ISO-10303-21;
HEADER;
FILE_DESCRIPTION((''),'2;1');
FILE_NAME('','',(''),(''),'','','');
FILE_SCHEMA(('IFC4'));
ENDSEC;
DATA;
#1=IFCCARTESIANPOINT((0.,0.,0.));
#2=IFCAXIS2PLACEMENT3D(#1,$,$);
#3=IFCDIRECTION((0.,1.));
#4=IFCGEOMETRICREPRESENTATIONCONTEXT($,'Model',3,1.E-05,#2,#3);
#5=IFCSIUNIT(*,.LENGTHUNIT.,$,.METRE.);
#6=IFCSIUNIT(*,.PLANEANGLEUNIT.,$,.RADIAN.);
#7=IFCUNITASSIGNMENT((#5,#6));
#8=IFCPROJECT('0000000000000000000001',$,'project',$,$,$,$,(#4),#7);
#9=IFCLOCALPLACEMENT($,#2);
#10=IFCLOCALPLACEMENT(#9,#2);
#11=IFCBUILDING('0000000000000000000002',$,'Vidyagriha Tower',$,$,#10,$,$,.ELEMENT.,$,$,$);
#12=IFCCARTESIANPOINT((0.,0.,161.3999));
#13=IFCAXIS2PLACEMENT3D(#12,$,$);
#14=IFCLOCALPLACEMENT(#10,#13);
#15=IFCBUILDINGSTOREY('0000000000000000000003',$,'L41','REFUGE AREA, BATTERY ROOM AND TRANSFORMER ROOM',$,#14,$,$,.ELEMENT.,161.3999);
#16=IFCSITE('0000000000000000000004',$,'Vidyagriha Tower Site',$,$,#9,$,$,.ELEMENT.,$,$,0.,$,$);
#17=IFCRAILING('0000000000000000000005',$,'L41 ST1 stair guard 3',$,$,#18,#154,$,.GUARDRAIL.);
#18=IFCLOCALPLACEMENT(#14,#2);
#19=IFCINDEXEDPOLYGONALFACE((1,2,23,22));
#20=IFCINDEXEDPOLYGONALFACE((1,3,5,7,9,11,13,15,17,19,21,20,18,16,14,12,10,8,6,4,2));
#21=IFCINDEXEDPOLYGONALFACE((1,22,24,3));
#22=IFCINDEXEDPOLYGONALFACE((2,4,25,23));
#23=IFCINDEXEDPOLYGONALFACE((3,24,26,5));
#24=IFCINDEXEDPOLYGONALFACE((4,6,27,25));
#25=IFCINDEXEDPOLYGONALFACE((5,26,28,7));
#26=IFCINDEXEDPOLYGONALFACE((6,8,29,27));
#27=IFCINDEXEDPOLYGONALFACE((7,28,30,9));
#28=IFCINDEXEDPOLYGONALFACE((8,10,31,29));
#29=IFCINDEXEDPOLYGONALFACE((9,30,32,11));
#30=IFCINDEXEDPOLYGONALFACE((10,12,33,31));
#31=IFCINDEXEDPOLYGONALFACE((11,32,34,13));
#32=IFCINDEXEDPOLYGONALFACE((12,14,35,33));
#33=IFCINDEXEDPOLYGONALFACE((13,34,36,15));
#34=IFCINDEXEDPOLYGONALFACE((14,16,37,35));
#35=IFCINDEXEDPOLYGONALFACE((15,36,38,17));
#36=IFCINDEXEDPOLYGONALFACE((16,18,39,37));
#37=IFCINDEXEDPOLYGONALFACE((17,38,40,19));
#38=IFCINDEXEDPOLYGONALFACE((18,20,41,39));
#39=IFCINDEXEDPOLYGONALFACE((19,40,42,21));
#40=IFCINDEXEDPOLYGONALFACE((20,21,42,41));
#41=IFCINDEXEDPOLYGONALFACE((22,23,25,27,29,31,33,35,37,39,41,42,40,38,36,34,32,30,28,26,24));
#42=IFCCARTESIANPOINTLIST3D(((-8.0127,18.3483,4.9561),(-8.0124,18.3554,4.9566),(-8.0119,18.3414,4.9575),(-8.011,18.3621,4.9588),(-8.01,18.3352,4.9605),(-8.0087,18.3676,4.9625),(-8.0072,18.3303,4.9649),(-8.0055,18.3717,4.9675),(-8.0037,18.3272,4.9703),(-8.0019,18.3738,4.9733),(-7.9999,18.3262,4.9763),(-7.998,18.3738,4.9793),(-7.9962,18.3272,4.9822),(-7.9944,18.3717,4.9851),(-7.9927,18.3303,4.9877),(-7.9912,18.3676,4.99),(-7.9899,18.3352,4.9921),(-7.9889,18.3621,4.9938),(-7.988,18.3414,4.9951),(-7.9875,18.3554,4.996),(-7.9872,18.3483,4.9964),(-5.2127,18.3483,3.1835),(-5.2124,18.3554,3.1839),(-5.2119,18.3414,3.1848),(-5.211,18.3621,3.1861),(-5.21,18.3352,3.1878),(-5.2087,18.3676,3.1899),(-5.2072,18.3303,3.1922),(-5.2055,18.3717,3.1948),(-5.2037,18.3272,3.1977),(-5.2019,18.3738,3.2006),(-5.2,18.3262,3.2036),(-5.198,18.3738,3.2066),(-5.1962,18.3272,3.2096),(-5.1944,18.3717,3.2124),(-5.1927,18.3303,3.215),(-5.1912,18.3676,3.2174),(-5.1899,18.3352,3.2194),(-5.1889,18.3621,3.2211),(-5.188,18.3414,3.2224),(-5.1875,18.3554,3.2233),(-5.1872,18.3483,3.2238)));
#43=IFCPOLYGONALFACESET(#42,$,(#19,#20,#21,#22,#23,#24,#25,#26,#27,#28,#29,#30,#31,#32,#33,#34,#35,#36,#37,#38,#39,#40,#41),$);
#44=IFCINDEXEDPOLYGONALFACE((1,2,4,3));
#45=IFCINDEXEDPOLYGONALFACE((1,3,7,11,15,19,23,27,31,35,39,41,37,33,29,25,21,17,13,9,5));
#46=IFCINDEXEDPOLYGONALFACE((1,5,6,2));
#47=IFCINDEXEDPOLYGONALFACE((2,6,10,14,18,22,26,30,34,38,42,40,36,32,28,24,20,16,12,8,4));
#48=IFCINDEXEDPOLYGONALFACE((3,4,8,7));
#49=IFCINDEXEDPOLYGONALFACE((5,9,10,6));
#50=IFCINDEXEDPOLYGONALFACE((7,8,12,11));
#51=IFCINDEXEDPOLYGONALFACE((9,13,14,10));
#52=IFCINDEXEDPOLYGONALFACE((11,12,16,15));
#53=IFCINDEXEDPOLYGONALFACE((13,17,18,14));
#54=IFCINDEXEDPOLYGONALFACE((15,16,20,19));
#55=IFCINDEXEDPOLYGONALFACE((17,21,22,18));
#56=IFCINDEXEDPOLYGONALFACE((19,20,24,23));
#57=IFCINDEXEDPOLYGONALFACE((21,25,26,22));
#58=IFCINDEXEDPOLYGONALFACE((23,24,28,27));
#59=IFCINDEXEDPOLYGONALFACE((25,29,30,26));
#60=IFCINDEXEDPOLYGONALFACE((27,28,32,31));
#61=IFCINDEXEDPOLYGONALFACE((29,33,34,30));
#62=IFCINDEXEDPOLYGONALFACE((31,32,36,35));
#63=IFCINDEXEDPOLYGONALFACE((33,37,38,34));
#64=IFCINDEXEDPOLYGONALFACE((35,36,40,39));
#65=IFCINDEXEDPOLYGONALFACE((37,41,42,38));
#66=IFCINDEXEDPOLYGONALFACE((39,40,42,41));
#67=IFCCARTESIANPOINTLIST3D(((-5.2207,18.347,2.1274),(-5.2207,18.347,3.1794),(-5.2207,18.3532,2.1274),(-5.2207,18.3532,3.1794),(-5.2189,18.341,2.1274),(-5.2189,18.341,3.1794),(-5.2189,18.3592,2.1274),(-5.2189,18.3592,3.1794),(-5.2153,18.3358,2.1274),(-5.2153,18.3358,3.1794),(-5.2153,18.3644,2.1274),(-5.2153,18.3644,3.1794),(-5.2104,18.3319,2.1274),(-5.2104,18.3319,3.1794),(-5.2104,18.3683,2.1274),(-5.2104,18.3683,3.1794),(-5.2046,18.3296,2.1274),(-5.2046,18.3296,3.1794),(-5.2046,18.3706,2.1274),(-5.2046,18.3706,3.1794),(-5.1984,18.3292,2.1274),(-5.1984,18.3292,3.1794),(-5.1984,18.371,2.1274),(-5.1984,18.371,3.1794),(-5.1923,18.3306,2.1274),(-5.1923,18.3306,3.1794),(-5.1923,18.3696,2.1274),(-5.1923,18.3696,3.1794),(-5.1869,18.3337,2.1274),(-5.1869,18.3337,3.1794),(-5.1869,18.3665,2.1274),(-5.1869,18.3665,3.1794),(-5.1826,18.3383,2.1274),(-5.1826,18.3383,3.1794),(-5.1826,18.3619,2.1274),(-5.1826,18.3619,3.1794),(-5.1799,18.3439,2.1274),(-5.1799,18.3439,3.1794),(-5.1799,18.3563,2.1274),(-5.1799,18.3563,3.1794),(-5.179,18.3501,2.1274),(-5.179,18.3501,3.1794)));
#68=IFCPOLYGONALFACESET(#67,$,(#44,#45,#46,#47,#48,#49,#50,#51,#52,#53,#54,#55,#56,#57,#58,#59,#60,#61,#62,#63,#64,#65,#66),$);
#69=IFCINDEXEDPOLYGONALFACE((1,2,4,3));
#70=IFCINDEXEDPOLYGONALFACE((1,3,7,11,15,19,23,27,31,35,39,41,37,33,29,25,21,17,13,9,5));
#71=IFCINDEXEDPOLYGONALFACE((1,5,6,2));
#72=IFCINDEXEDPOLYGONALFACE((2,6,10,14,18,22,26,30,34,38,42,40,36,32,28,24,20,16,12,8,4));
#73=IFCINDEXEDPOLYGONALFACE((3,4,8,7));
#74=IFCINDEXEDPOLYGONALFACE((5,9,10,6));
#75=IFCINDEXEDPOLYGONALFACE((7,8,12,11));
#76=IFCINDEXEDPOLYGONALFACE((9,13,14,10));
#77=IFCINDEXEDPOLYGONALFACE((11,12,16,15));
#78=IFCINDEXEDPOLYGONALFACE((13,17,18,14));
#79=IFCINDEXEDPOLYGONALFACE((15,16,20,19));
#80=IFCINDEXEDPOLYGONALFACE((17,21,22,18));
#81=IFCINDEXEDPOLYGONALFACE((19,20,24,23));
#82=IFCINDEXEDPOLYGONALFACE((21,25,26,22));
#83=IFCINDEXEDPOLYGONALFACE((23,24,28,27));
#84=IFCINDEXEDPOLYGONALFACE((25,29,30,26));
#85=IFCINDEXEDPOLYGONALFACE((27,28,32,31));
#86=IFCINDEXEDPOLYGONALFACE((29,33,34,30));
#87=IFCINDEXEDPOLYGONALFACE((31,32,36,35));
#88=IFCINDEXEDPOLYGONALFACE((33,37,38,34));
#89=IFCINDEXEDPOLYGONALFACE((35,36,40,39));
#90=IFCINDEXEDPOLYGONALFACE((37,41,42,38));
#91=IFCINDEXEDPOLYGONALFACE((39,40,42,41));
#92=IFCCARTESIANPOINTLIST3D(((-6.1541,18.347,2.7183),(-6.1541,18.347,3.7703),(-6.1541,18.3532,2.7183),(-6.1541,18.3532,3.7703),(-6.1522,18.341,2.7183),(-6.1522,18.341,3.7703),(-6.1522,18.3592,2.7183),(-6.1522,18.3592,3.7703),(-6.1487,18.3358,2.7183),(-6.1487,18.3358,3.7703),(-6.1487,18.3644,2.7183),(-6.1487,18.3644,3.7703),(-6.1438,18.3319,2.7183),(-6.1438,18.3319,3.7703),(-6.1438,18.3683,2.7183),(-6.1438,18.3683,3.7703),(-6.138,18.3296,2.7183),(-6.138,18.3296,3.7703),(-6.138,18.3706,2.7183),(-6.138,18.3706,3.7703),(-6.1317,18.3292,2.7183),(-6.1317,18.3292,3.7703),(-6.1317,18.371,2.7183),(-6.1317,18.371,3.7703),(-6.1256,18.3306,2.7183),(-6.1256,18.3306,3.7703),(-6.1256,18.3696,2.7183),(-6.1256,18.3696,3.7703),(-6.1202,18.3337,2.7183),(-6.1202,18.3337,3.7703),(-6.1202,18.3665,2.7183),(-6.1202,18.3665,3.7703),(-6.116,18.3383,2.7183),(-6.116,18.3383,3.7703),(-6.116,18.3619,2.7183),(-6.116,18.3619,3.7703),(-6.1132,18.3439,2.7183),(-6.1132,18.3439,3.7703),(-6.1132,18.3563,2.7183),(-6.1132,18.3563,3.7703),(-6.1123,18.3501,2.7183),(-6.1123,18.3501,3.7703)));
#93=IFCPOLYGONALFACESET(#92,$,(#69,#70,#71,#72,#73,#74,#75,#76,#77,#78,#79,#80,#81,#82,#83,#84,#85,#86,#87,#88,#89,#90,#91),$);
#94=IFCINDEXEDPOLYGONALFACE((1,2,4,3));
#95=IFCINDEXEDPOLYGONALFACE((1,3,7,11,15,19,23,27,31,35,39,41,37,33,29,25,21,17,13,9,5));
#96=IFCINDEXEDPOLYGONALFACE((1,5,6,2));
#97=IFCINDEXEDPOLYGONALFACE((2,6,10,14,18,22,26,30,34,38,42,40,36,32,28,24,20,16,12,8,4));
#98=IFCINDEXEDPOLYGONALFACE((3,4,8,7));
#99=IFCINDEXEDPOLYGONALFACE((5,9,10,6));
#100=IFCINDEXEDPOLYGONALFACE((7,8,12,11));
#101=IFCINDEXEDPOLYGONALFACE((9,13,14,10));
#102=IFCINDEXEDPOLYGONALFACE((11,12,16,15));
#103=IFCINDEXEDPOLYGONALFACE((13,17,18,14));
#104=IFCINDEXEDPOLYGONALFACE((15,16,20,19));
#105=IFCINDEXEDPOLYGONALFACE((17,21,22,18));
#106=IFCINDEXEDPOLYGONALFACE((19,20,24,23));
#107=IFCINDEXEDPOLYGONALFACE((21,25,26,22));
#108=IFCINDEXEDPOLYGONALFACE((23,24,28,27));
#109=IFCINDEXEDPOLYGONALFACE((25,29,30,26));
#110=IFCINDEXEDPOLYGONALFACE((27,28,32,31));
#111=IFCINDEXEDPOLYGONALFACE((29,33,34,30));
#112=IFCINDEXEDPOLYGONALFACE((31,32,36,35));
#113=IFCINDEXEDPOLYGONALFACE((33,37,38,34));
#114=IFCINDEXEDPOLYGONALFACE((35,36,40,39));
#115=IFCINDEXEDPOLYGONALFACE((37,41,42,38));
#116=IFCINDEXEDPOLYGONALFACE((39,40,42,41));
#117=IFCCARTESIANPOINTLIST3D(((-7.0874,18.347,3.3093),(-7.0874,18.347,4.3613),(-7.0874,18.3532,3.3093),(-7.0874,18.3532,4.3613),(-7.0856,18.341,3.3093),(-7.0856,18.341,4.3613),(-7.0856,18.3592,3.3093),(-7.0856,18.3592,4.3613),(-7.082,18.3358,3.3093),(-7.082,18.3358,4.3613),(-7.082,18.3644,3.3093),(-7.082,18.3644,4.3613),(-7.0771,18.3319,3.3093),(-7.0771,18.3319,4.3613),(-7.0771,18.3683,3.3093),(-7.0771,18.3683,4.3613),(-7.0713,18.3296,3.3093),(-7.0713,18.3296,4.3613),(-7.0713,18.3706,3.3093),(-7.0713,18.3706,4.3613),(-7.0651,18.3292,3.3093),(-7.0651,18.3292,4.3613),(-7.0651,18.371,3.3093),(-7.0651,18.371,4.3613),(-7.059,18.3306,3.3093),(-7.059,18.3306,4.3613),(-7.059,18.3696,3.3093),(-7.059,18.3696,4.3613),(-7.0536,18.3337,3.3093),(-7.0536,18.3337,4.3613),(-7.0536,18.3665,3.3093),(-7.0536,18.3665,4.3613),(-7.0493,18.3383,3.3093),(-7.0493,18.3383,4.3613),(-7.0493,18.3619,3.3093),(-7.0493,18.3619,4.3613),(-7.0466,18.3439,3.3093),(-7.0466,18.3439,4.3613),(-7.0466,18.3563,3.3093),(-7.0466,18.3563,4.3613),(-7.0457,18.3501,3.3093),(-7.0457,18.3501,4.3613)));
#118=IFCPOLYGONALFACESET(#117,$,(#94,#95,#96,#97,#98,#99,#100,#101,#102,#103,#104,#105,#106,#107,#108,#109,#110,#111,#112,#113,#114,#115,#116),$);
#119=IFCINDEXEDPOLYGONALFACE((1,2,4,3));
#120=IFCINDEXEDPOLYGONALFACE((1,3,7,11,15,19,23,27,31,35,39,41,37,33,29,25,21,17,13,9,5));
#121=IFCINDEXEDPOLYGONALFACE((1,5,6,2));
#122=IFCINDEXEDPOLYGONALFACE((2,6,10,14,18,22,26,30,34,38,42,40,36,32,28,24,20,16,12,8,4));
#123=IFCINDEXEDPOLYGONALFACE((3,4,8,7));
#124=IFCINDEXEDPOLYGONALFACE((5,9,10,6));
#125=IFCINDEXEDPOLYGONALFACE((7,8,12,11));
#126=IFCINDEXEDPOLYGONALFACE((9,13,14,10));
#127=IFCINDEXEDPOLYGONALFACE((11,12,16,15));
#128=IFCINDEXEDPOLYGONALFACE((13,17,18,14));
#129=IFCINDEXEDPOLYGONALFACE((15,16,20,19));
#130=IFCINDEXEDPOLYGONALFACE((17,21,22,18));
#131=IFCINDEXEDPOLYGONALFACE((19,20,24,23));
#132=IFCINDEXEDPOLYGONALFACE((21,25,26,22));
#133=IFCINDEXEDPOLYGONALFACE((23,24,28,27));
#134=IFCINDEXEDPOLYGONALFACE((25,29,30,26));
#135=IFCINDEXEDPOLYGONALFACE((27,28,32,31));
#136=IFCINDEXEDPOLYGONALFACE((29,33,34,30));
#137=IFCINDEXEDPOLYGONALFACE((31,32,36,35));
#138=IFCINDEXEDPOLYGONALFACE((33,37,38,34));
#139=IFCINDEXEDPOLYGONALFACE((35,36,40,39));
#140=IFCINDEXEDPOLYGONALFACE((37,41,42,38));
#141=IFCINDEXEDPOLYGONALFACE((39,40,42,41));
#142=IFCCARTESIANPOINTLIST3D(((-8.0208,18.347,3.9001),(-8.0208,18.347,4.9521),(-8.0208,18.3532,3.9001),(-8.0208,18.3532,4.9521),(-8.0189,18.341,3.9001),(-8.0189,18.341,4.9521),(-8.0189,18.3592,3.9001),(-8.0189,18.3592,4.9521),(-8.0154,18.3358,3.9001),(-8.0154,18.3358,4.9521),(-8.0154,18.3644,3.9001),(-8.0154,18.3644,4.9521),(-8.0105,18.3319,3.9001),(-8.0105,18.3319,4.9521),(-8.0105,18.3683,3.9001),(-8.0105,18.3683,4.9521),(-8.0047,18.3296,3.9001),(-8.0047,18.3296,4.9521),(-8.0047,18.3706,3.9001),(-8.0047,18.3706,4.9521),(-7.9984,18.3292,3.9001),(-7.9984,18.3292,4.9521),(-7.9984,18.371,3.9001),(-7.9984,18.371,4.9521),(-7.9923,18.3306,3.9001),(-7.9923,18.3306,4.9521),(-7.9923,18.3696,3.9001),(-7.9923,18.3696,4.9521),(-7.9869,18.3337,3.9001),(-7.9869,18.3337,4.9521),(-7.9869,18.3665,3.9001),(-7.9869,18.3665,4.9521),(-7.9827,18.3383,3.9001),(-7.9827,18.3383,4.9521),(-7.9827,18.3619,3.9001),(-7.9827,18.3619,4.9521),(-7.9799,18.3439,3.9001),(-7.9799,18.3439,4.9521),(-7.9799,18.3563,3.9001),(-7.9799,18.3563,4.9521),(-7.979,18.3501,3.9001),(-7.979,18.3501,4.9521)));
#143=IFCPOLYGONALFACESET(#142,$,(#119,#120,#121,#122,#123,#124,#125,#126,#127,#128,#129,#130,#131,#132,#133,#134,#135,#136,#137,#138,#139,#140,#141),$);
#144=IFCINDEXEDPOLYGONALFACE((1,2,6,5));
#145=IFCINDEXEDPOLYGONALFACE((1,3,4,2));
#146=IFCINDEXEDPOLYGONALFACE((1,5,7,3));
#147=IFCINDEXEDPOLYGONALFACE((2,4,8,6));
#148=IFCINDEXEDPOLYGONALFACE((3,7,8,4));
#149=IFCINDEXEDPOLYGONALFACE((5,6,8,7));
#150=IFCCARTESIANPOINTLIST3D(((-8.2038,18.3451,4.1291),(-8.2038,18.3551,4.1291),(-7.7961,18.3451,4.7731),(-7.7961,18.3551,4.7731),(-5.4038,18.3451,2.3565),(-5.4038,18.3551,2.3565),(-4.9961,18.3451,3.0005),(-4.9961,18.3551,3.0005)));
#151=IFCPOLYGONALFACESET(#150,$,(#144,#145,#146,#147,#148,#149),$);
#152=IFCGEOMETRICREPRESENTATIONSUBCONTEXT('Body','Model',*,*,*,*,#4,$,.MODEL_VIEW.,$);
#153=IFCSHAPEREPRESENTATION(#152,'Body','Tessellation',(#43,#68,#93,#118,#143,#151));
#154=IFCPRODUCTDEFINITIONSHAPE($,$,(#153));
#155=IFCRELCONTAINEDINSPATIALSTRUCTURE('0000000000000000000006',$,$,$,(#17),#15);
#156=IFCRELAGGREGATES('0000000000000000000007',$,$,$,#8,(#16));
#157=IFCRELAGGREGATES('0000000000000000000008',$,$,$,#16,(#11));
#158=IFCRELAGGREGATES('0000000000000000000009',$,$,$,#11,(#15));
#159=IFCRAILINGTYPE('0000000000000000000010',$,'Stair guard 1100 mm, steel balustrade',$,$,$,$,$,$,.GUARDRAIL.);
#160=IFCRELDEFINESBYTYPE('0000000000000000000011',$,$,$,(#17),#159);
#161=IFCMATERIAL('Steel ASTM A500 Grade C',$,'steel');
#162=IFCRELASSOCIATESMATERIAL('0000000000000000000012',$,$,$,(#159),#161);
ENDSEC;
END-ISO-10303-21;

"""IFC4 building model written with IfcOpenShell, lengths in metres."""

from ifc_helpers import new_model, si_unit, direction, frame, origin, origin_2d, place, context, subcontext, project, spatial, rectangle, circle, extrude, material, type_object, element, save


model = new_model("IFC4")

# Units and contexts
model_context = context("Model", 3, precision=1e-05, world=origin(), true_north=direction((0.0, 1.0)))
body_context = subcontext(model_context, "Body", "Model", "MODEL_VIEW")
ifc_project = project(units=[si_unit("LENGTHUNIT", "METRE"), si_unit("PLANEANGLEUNIT", "RADIAN")], contexts=[model_context])

# Site, building, storey
site_placement = place(None, origin())
site = spatial("IfcSite", under=ifc_project, at=site_placement, Name="Vidyagriha Tower Site", CompositionType="ELEMENT", RefElevation=0.0)
building_placement = place(site_placement, origin())
building = spatial("IfcBuilding", under=site, at=building_placement, Name="Vidyagriha Tower", CompositionType="ELEMENT")
storey_placement = place(building_placement, frame((0.0, 0.0, 161.3999)))
storey = spatial("IfcBuildingStorey", under=building, at=storey_placement, Name="L41", Description="REFUGE AREA, BATTERY ROOM AND TRANSFORMER ROOM", CompositionType="ELEMENT", Elevation=161.3999)

# Railing
ifc_material_1 = material(Name="Steel ASTM A500 Grade C", Category="steel")
railing_type_1 = type_object("IfcRailingType", Name="Stair guard 1100 mm, steel balustrade", PredefinedType="GUARDRAIL", material=ifc_material_1)
railing_1_placement = place(storey_placement, frame((-5.2, 18.3501, 2.1274)))
element("IfcRailing", 1, at=railing_1_placement, inside=storey, type_object=railing_type_1, Name="L41 ST1 stair guard 3", PredefinedType="GUARDRAIL", context=body_context, shape_type="SweptSolid", body=[
    extrude(circle(Radius=0.0239, at=origin_2d()), frame((0.0, 0.0, 1.0762), z_axis=(-0.844909, 0.0, 0.53491), x_axis=(0.0, -1.0, 0.0)), (0.0, 0.0, 1.0), 3.314),
    extrude(circle(Radius=0.021, at=origin_2d()), origin(), (0.0, 0.0, 1.0), 1.052),
    extrude(circle(Radius=0.021, at=origin_2d()), frame((-0.9333, 0.0, 0.5908)), (0.0, 0.0, 1.0), 1.052),
    extrude(circle(Radius=0.021, at=origin_2d()), frame((-1.8667, 0.0, 1.1819)), (0.0, 0.0, 1.0), 1.052),
    extrude(circle(Radius=0.021, at=origin_2d()), frame((-2.8, 0.0, 1.7727)), (0.0, 0.0, 1.0), 1.052),
    extrude(rectangle(XDim=0.01, YDim=0.7622, at=origin_2d()), frame((0.0, 0.0, 0.551), z_axis=(-0.844909, 0.0, 0.53491), x_axis=(0.0, -1.0, 0.0)), (0.0, 0.0, 1.0), 3.314),
])

save(model, "model.ifc")
